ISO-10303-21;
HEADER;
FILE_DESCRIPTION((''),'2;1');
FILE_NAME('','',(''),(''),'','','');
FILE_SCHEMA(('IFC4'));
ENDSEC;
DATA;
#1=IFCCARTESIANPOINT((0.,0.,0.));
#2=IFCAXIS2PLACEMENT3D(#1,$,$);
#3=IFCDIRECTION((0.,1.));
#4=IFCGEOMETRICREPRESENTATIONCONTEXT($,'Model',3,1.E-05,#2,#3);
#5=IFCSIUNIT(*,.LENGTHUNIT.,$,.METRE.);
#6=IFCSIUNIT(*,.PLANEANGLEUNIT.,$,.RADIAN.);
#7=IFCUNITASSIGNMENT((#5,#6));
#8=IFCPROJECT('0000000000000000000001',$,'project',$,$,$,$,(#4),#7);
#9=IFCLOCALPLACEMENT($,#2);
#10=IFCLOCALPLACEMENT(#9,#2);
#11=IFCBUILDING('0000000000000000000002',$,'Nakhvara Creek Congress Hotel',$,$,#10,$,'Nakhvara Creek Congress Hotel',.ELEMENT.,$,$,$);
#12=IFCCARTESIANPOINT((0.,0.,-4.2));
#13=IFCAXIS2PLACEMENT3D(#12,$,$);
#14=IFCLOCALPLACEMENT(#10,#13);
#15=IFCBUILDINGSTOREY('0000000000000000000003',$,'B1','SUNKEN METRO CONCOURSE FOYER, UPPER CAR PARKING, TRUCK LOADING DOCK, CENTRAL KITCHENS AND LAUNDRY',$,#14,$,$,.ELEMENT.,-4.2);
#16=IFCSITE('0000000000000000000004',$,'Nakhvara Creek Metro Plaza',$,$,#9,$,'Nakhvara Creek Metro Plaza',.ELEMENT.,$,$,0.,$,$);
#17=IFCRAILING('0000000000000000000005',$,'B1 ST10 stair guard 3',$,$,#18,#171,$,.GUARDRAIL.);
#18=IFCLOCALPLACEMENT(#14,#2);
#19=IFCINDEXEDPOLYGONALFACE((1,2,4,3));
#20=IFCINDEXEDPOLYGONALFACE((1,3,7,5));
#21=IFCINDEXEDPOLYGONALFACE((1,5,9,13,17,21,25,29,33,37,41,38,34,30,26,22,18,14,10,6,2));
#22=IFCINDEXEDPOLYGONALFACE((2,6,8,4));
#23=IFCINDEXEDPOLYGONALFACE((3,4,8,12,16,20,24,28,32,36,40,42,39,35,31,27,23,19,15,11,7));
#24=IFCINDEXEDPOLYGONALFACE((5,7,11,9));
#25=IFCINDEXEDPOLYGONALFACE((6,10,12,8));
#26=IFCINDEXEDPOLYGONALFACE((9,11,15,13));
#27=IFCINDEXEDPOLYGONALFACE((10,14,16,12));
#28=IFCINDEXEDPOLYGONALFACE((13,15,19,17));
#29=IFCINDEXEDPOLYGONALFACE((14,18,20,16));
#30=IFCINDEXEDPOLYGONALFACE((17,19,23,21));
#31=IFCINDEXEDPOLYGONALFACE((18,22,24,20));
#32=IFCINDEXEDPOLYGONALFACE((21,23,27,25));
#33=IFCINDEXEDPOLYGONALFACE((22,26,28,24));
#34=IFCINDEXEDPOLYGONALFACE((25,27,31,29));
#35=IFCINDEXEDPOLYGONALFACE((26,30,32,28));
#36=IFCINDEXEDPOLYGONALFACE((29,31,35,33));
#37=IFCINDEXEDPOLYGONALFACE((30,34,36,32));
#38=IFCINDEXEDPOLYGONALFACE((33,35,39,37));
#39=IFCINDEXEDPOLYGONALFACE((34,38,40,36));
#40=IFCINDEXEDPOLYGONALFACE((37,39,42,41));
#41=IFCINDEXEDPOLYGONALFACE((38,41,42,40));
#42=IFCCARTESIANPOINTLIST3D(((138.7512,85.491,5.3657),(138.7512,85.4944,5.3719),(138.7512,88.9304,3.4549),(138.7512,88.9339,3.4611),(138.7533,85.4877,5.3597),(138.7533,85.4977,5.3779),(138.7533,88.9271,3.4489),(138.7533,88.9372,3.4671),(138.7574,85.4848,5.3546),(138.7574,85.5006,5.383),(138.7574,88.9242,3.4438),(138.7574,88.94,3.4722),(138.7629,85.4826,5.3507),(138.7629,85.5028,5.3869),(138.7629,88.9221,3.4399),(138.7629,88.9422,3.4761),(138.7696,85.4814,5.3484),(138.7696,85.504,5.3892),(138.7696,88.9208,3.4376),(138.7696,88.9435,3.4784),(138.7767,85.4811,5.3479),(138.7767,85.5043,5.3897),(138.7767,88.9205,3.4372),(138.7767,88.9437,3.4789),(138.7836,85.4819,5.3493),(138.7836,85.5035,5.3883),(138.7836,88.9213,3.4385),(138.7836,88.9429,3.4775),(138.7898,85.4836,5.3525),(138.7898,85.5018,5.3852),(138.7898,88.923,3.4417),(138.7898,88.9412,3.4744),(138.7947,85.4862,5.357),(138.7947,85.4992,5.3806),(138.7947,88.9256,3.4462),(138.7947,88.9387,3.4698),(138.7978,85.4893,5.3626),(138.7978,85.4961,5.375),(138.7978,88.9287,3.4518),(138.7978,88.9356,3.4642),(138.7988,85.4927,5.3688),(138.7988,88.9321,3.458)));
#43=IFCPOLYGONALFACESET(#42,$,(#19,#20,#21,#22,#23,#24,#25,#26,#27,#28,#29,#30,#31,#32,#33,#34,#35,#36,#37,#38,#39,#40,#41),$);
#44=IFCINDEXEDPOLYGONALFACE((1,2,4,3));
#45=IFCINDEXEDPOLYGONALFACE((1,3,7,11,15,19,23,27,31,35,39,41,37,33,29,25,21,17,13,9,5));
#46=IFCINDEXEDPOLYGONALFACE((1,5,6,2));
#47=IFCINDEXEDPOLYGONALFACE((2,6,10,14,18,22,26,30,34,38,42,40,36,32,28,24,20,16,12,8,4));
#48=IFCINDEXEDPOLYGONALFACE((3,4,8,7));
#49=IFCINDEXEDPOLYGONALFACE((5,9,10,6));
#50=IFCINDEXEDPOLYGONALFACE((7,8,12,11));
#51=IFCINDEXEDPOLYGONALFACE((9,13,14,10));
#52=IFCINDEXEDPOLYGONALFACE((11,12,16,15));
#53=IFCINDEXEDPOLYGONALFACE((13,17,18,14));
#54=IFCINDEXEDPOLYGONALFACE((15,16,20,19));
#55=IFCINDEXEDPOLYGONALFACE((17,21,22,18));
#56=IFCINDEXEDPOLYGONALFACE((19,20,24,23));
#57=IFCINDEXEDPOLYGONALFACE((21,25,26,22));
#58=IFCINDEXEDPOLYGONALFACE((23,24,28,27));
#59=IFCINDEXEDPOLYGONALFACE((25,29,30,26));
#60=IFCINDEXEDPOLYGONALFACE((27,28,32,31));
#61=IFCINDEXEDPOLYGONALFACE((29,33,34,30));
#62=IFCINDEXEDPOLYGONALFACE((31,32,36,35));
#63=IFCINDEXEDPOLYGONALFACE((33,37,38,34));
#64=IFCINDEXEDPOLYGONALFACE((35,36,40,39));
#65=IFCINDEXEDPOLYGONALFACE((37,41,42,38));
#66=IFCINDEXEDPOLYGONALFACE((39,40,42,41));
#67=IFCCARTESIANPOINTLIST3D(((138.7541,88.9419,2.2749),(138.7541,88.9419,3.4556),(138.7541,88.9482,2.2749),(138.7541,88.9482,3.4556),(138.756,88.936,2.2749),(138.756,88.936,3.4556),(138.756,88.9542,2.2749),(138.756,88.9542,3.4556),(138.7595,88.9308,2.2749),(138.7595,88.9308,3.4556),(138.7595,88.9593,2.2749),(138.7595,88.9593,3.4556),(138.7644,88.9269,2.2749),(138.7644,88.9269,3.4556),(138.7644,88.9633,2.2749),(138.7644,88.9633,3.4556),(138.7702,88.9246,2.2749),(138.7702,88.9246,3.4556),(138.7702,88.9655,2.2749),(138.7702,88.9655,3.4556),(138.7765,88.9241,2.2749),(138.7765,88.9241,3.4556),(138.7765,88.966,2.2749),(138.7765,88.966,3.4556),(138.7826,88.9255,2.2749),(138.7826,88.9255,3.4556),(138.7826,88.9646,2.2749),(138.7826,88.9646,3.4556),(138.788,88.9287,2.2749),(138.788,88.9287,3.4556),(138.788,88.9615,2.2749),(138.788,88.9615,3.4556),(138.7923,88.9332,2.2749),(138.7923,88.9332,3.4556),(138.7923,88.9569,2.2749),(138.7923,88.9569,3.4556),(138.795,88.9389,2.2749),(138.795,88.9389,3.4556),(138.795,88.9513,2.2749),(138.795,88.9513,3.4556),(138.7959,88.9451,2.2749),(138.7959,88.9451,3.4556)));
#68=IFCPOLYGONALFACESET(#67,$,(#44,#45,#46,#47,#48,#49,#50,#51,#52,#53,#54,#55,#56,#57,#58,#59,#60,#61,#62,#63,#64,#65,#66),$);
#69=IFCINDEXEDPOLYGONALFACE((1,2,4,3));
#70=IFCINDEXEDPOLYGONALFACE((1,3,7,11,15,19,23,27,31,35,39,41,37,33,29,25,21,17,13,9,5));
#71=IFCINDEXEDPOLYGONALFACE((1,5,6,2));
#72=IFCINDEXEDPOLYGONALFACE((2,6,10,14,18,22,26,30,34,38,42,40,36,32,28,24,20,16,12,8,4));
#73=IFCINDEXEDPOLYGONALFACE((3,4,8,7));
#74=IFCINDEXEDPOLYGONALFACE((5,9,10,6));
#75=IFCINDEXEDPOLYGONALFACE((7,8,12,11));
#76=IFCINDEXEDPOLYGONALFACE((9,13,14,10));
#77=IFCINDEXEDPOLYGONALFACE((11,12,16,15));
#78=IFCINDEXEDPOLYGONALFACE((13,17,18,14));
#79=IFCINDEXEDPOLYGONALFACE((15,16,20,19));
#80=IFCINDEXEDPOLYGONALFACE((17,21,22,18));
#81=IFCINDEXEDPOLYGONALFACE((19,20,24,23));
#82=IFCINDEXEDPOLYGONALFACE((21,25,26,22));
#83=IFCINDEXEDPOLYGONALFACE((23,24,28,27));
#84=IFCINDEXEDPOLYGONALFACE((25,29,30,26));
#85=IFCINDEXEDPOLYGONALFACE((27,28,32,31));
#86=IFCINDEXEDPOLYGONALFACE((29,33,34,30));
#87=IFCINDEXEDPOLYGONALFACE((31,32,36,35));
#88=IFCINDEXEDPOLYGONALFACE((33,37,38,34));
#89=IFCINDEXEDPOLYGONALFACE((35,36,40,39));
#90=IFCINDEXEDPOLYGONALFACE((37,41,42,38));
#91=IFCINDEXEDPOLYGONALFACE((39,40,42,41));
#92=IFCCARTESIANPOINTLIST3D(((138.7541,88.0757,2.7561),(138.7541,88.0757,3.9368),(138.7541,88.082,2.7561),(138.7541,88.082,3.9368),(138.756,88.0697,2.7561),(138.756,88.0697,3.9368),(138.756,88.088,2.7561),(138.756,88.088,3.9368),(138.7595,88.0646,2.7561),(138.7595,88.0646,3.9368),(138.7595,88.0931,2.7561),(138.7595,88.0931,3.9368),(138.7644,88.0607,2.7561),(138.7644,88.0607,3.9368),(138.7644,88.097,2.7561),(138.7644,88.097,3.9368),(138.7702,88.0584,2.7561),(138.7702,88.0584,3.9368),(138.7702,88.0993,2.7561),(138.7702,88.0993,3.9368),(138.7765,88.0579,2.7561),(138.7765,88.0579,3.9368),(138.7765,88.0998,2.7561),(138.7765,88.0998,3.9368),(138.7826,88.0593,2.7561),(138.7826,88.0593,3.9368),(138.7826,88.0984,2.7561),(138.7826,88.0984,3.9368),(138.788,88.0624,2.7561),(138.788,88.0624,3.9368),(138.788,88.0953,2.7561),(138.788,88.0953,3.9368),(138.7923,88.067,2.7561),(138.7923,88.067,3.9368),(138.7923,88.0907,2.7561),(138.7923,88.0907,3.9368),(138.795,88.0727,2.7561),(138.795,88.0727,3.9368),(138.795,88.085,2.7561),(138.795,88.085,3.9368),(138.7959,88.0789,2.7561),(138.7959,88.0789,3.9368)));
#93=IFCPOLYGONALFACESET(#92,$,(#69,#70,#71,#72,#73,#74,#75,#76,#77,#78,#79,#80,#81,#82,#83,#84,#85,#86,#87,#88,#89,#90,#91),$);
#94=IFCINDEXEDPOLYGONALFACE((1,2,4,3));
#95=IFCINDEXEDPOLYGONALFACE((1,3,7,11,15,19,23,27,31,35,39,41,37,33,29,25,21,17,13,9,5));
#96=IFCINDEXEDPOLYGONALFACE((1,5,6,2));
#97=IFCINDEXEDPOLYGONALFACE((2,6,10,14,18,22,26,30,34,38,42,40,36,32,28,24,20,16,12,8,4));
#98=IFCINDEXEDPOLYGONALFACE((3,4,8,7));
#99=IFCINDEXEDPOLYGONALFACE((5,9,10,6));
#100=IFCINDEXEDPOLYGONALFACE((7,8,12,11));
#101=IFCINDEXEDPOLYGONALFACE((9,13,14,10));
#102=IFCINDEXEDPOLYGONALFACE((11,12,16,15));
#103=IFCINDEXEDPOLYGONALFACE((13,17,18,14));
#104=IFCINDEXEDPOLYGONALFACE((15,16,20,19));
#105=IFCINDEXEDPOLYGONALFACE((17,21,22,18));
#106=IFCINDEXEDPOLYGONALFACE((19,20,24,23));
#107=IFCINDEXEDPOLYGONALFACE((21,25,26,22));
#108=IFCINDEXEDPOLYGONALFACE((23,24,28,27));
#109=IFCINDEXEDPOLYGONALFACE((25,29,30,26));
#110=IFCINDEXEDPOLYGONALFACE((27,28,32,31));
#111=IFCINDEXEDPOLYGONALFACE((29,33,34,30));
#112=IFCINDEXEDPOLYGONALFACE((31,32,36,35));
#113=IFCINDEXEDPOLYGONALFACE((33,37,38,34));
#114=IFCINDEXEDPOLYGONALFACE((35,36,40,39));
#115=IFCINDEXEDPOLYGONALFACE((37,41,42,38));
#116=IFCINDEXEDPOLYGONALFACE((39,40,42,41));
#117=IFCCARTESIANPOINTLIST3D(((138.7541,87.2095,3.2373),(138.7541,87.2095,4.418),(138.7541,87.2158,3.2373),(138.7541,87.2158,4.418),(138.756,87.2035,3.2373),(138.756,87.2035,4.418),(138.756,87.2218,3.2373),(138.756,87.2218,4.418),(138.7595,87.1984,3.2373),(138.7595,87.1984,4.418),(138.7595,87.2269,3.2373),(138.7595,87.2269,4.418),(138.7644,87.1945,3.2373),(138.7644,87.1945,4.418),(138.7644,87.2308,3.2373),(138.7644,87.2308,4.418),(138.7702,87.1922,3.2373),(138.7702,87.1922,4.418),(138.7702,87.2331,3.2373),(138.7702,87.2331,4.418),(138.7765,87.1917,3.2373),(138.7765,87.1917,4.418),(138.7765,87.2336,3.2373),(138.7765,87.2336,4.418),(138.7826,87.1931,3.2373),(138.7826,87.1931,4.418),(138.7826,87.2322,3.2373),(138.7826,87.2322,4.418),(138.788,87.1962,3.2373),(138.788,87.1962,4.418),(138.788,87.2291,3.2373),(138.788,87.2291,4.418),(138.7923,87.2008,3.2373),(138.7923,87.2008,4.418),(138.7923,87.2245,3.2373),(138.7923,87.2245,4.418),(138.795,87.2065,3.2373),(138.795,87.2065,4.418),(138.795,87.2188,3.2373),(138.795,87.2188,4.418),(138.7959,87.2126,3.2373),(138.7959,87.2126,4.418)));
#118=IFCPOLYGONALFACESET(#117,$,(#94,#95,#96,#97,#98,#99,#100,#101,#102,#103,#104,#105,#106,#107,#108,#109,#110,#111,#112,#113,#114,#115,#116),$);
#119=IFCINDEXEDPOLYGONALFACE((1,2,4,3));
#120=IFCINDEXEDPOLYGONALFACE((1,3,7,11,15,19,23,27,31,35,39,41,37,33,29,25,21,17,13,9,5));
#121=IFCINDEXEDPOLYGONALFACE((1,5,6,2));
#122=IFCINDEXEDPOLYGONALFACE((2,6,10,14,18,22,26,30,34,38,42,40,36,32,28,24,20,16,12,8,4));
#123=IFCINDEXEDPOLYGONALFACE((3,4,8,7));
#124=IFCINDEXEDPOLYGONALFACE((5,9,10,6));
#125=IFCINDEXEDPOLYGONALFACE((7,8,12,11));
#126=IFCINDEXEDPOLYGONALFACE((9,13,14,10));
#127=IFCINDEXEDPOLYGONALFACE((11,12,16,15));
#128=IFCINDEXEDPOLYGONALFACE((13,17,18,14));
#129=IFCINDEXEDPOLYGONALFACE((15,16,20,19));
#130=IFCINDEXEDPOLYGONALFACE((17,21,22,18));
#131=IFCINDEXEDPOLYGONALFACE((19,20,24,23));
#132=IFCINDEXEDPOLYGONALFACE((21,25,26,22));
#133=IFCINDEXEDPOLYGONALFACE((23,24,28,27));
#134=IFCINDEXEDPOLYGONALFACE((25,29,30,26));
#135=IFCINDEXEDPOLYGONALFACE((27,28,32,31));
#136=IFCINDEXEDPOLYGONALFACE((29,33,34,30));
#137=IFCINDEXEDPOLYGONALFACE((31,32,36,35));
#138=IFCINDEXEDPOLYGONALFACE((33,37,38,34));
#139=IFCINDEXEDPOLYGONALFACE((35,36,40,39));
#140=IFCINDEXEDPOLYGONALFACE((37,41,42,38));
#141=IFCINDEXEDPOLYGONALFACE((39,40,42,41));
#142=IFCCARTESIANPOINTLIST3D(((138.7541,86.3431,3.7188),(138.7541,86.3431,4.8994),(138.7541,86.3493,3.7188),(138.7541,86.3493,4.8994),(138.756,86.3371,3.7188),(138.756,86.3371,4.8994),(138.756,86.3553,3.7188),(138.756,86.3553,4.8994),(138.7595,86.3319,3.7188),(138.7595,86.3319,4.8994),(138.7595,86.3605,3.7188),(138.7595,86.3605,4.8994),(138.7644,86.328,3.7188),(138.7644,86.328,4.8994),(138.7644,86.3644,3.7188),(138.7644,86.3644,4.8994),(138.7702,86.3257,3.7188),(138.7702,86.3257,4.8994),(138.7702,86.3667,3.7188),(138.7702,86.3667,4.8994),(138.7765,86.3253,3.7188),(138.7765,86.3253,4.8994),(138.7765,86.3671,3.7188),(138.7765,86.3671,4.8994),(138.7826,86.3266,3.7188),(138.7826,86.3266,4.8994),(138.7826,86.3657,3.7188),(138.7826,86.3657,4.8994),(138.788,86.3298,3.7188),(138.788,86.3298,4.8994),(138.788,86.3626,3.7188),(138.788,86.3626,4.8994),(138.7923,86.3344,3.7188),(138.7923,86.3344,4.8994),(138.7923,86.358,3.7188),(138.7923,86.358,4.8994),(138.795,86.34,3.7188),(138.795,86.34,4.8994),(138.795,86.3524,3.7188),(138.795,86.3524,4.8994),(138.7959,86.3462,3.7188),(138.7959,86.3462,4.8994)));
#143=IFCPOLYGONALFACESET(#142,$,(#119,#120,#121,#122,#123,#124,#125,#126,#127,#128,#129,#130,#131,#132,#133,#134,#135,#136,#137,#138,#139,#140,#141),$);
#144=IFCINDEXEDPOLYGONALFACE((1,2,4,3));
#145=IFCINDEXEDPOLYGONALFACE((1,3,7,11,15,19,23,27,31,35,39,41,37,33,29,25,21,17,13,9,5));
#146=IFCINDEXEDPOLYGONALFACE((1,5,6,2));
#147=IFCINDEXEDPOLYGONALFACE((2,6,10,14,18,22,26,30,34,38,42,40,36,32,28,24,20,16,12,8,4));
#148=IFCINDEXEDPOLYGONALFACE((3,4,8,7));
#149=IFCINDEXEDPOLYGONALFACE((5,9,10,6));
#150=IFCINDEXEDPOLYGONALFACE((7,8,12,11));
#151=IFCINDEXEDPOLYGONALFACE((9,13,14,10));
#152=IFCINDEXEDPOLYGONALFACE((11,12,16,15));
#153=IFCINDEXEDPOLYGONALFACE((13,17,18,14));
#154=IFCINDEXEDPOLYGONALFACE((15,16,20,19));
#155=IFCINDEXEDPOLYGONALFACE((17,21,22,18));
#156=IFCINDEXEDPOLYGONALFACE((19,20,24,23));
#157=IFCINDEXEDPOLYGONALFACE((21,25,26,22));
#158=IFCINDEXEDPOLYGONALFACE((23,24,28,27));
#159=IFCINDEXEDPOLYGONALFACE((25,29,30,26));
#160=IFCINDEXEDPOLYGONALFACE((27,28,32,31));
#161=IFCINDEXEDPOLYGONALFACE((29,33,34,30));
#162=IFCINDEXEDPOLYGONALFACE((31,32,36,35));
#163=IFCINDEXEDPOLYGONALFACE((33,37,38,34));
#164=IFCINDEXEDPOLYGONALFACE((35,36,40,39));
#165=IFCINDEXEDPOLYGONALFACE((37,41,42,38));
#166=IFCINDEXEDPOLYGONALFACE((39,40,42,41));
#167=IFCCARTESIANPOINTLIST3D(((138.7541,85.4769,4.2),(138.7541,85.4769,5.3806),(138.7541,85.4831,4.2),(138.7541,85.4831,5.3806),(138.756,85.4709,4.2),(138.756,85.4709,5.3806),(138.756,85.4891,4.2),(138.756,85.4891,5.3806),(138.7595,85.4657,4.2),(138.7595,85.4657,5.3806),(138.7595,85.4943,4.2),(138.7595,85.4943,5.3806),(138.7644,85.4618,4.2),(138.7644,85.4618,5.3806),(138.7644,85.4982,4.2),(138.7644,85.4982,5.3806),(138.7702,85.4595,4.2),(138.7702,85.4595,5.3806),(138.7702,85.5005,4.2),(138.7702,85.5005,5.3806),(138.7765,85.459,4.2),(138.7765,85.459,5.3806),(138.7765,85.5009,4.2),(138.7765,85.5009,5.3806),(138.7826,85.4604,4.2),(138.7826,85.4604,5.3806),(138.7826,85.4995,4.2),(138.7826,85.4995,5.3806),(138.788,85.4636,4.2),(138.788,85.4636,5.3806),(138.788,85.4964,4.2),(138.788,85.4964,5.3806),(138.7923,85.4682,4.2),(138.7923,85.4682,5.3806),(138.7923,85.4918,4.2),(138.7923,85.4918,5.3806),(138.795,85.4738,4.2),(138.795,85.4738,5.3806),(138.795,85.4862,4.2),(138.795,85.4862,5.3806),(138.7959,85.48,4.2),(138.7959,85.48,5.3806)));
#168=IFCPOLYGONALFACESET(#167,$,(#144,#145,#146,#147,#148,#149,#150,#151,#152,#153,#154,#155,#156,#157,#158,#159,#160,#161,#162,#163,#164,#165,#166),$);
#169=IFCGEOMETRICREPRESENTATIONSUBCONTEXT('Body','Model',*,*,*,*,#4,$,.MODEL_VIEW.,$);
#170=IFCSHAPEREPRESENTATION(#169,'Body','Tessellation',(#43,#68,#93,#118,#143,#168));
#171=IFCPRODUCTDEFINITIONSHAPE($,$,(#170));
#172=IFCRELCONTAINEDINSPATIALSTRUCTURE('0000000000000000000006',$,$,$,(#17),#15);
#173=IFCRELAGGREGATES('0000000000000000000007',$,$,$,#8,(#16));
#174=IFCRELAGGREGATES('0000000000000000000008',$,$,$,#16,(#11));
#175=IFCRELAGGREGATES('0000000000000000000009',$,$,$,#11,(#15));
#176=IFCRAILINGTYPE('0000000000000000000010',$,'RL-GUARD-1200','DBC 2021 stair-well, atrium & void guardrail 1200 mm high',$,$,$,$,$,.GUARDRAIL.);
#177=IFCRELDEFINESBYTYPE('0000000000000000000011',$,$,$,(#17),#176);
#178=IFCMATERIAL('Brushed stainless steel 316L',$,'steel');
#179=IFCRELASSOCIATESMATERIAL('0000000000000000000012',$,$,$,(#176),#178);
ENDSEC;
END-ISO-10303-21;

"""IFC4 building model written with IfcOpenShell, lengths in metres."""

from ifc_helpers import new_model, si_unit, direction, frame, origin, origin_2d, place, context, subcontext, project, spatial, circle, extrude, material, type_object, element, save


model = new_model("IFC4")

# Units and contexts
model_context = context("Model", 3, precision=1e-05, world=origin(), true_north=direction((0.0, 1.0)))
body_context = subcontext(model_context, "Body", "Model", "MODEL_VIEW")
ifc_project = project(units=[si_unit("LENGTHUNIT", "METRE"), si_unit("PLANEANGLEUNIT", "RADIAN")], contexts=[model_context])

# Site, building, storey
site_placement = place(None, origin())
site = spatial("IfcSite", under=ifc_project, at=site_placement, Name="Nakhvara Creek Metro Plaza", LongName="Nakhvara Creek Metro Plaza", CompositionType="ELEMENT", RefElevation=0.0)
building_placement = place(site_placement, origin())
building = spatial("IfcBuilding", under=site, at=building_placement, Name="Nakhvara Creek Congress Hotel", LongName="Nakhvara Creek Congress Hotel", CompositionType="ELEMENT")
storey_placement = place(building_placement, frame((0.0, 0.0, -4.2)))
storey = spatial("IfcBuildingStorey", under=building, at=storey_placement, Name="B1", Description="SUNKEN METRO CONCOURSE FOYER, UPPER CAR PARKING, TRUCK LOADING DOCK, CENTRAL KITCHENS AND LAUNDRY", CompositionType="ELEMENT", Elevation=-4.2)

# Railing
ifc_material_1 = material(Name="Brushed stainless steel 316L", Category="steel")
railing_type_1 = type_object("IfcRailingType", Name="RL-GUARD-1200", Description="DBC 2021 stair-well, atrium & void guardrail 1200 mm high", PredefinedType="GUARDRAIL", material=ifc_material_1)
railing_1_placement = place(storey_placement, frame((138.7749, 88.9451, 2.2749)))
element("IfcRailing", 1, at=railing_1_placement, inside=storey, type_object=railing_type_1, Name="B1 ST10 stair guard 3", PredefinedType="GUARDRAIL", context=body_context, shape_type="SweptSolid", body=[
    extrude(circle(Radius=0.0239, at=origin_2d()), frame((0.0, -0.0129, 1.1831), z_axis=(0.0, -0.874157, 0.485643), x_axis=(1.0, 0.0, 0.0)), (0.0, 0.0, 1.0), 3.9346),
    extrude(circle(Radius=0.021, at=origin_2d()), origin(), (0.0, 0.0, 1.0), 1.1807),
    extrude(circle(Radius=0.021, at=origin_2d()), frame((0.0, -0.8662, 0.4812)), (0.0, 0.0, 1.0), 1.1807),
    extrude(circle(Radius=0.021, at=origin_2d()), frame((0.0, -1.7324, 0.9624)), (0.0, 0.0, 1.0), 1.1807),
    extrude(circle(Radius=0.021, at=origin_2d()), frame((0.0, -2.5989, 1.4438)), (0.0, 0.0, 1.0), 1.1807),
    extrude(circle(Radius=0.021, at=origin_2d()), frame((0.0, -3.4651, 1.925)), (0.0, 0.0, 1.0), 1.1807),
])

save(model, "model.ifc")
